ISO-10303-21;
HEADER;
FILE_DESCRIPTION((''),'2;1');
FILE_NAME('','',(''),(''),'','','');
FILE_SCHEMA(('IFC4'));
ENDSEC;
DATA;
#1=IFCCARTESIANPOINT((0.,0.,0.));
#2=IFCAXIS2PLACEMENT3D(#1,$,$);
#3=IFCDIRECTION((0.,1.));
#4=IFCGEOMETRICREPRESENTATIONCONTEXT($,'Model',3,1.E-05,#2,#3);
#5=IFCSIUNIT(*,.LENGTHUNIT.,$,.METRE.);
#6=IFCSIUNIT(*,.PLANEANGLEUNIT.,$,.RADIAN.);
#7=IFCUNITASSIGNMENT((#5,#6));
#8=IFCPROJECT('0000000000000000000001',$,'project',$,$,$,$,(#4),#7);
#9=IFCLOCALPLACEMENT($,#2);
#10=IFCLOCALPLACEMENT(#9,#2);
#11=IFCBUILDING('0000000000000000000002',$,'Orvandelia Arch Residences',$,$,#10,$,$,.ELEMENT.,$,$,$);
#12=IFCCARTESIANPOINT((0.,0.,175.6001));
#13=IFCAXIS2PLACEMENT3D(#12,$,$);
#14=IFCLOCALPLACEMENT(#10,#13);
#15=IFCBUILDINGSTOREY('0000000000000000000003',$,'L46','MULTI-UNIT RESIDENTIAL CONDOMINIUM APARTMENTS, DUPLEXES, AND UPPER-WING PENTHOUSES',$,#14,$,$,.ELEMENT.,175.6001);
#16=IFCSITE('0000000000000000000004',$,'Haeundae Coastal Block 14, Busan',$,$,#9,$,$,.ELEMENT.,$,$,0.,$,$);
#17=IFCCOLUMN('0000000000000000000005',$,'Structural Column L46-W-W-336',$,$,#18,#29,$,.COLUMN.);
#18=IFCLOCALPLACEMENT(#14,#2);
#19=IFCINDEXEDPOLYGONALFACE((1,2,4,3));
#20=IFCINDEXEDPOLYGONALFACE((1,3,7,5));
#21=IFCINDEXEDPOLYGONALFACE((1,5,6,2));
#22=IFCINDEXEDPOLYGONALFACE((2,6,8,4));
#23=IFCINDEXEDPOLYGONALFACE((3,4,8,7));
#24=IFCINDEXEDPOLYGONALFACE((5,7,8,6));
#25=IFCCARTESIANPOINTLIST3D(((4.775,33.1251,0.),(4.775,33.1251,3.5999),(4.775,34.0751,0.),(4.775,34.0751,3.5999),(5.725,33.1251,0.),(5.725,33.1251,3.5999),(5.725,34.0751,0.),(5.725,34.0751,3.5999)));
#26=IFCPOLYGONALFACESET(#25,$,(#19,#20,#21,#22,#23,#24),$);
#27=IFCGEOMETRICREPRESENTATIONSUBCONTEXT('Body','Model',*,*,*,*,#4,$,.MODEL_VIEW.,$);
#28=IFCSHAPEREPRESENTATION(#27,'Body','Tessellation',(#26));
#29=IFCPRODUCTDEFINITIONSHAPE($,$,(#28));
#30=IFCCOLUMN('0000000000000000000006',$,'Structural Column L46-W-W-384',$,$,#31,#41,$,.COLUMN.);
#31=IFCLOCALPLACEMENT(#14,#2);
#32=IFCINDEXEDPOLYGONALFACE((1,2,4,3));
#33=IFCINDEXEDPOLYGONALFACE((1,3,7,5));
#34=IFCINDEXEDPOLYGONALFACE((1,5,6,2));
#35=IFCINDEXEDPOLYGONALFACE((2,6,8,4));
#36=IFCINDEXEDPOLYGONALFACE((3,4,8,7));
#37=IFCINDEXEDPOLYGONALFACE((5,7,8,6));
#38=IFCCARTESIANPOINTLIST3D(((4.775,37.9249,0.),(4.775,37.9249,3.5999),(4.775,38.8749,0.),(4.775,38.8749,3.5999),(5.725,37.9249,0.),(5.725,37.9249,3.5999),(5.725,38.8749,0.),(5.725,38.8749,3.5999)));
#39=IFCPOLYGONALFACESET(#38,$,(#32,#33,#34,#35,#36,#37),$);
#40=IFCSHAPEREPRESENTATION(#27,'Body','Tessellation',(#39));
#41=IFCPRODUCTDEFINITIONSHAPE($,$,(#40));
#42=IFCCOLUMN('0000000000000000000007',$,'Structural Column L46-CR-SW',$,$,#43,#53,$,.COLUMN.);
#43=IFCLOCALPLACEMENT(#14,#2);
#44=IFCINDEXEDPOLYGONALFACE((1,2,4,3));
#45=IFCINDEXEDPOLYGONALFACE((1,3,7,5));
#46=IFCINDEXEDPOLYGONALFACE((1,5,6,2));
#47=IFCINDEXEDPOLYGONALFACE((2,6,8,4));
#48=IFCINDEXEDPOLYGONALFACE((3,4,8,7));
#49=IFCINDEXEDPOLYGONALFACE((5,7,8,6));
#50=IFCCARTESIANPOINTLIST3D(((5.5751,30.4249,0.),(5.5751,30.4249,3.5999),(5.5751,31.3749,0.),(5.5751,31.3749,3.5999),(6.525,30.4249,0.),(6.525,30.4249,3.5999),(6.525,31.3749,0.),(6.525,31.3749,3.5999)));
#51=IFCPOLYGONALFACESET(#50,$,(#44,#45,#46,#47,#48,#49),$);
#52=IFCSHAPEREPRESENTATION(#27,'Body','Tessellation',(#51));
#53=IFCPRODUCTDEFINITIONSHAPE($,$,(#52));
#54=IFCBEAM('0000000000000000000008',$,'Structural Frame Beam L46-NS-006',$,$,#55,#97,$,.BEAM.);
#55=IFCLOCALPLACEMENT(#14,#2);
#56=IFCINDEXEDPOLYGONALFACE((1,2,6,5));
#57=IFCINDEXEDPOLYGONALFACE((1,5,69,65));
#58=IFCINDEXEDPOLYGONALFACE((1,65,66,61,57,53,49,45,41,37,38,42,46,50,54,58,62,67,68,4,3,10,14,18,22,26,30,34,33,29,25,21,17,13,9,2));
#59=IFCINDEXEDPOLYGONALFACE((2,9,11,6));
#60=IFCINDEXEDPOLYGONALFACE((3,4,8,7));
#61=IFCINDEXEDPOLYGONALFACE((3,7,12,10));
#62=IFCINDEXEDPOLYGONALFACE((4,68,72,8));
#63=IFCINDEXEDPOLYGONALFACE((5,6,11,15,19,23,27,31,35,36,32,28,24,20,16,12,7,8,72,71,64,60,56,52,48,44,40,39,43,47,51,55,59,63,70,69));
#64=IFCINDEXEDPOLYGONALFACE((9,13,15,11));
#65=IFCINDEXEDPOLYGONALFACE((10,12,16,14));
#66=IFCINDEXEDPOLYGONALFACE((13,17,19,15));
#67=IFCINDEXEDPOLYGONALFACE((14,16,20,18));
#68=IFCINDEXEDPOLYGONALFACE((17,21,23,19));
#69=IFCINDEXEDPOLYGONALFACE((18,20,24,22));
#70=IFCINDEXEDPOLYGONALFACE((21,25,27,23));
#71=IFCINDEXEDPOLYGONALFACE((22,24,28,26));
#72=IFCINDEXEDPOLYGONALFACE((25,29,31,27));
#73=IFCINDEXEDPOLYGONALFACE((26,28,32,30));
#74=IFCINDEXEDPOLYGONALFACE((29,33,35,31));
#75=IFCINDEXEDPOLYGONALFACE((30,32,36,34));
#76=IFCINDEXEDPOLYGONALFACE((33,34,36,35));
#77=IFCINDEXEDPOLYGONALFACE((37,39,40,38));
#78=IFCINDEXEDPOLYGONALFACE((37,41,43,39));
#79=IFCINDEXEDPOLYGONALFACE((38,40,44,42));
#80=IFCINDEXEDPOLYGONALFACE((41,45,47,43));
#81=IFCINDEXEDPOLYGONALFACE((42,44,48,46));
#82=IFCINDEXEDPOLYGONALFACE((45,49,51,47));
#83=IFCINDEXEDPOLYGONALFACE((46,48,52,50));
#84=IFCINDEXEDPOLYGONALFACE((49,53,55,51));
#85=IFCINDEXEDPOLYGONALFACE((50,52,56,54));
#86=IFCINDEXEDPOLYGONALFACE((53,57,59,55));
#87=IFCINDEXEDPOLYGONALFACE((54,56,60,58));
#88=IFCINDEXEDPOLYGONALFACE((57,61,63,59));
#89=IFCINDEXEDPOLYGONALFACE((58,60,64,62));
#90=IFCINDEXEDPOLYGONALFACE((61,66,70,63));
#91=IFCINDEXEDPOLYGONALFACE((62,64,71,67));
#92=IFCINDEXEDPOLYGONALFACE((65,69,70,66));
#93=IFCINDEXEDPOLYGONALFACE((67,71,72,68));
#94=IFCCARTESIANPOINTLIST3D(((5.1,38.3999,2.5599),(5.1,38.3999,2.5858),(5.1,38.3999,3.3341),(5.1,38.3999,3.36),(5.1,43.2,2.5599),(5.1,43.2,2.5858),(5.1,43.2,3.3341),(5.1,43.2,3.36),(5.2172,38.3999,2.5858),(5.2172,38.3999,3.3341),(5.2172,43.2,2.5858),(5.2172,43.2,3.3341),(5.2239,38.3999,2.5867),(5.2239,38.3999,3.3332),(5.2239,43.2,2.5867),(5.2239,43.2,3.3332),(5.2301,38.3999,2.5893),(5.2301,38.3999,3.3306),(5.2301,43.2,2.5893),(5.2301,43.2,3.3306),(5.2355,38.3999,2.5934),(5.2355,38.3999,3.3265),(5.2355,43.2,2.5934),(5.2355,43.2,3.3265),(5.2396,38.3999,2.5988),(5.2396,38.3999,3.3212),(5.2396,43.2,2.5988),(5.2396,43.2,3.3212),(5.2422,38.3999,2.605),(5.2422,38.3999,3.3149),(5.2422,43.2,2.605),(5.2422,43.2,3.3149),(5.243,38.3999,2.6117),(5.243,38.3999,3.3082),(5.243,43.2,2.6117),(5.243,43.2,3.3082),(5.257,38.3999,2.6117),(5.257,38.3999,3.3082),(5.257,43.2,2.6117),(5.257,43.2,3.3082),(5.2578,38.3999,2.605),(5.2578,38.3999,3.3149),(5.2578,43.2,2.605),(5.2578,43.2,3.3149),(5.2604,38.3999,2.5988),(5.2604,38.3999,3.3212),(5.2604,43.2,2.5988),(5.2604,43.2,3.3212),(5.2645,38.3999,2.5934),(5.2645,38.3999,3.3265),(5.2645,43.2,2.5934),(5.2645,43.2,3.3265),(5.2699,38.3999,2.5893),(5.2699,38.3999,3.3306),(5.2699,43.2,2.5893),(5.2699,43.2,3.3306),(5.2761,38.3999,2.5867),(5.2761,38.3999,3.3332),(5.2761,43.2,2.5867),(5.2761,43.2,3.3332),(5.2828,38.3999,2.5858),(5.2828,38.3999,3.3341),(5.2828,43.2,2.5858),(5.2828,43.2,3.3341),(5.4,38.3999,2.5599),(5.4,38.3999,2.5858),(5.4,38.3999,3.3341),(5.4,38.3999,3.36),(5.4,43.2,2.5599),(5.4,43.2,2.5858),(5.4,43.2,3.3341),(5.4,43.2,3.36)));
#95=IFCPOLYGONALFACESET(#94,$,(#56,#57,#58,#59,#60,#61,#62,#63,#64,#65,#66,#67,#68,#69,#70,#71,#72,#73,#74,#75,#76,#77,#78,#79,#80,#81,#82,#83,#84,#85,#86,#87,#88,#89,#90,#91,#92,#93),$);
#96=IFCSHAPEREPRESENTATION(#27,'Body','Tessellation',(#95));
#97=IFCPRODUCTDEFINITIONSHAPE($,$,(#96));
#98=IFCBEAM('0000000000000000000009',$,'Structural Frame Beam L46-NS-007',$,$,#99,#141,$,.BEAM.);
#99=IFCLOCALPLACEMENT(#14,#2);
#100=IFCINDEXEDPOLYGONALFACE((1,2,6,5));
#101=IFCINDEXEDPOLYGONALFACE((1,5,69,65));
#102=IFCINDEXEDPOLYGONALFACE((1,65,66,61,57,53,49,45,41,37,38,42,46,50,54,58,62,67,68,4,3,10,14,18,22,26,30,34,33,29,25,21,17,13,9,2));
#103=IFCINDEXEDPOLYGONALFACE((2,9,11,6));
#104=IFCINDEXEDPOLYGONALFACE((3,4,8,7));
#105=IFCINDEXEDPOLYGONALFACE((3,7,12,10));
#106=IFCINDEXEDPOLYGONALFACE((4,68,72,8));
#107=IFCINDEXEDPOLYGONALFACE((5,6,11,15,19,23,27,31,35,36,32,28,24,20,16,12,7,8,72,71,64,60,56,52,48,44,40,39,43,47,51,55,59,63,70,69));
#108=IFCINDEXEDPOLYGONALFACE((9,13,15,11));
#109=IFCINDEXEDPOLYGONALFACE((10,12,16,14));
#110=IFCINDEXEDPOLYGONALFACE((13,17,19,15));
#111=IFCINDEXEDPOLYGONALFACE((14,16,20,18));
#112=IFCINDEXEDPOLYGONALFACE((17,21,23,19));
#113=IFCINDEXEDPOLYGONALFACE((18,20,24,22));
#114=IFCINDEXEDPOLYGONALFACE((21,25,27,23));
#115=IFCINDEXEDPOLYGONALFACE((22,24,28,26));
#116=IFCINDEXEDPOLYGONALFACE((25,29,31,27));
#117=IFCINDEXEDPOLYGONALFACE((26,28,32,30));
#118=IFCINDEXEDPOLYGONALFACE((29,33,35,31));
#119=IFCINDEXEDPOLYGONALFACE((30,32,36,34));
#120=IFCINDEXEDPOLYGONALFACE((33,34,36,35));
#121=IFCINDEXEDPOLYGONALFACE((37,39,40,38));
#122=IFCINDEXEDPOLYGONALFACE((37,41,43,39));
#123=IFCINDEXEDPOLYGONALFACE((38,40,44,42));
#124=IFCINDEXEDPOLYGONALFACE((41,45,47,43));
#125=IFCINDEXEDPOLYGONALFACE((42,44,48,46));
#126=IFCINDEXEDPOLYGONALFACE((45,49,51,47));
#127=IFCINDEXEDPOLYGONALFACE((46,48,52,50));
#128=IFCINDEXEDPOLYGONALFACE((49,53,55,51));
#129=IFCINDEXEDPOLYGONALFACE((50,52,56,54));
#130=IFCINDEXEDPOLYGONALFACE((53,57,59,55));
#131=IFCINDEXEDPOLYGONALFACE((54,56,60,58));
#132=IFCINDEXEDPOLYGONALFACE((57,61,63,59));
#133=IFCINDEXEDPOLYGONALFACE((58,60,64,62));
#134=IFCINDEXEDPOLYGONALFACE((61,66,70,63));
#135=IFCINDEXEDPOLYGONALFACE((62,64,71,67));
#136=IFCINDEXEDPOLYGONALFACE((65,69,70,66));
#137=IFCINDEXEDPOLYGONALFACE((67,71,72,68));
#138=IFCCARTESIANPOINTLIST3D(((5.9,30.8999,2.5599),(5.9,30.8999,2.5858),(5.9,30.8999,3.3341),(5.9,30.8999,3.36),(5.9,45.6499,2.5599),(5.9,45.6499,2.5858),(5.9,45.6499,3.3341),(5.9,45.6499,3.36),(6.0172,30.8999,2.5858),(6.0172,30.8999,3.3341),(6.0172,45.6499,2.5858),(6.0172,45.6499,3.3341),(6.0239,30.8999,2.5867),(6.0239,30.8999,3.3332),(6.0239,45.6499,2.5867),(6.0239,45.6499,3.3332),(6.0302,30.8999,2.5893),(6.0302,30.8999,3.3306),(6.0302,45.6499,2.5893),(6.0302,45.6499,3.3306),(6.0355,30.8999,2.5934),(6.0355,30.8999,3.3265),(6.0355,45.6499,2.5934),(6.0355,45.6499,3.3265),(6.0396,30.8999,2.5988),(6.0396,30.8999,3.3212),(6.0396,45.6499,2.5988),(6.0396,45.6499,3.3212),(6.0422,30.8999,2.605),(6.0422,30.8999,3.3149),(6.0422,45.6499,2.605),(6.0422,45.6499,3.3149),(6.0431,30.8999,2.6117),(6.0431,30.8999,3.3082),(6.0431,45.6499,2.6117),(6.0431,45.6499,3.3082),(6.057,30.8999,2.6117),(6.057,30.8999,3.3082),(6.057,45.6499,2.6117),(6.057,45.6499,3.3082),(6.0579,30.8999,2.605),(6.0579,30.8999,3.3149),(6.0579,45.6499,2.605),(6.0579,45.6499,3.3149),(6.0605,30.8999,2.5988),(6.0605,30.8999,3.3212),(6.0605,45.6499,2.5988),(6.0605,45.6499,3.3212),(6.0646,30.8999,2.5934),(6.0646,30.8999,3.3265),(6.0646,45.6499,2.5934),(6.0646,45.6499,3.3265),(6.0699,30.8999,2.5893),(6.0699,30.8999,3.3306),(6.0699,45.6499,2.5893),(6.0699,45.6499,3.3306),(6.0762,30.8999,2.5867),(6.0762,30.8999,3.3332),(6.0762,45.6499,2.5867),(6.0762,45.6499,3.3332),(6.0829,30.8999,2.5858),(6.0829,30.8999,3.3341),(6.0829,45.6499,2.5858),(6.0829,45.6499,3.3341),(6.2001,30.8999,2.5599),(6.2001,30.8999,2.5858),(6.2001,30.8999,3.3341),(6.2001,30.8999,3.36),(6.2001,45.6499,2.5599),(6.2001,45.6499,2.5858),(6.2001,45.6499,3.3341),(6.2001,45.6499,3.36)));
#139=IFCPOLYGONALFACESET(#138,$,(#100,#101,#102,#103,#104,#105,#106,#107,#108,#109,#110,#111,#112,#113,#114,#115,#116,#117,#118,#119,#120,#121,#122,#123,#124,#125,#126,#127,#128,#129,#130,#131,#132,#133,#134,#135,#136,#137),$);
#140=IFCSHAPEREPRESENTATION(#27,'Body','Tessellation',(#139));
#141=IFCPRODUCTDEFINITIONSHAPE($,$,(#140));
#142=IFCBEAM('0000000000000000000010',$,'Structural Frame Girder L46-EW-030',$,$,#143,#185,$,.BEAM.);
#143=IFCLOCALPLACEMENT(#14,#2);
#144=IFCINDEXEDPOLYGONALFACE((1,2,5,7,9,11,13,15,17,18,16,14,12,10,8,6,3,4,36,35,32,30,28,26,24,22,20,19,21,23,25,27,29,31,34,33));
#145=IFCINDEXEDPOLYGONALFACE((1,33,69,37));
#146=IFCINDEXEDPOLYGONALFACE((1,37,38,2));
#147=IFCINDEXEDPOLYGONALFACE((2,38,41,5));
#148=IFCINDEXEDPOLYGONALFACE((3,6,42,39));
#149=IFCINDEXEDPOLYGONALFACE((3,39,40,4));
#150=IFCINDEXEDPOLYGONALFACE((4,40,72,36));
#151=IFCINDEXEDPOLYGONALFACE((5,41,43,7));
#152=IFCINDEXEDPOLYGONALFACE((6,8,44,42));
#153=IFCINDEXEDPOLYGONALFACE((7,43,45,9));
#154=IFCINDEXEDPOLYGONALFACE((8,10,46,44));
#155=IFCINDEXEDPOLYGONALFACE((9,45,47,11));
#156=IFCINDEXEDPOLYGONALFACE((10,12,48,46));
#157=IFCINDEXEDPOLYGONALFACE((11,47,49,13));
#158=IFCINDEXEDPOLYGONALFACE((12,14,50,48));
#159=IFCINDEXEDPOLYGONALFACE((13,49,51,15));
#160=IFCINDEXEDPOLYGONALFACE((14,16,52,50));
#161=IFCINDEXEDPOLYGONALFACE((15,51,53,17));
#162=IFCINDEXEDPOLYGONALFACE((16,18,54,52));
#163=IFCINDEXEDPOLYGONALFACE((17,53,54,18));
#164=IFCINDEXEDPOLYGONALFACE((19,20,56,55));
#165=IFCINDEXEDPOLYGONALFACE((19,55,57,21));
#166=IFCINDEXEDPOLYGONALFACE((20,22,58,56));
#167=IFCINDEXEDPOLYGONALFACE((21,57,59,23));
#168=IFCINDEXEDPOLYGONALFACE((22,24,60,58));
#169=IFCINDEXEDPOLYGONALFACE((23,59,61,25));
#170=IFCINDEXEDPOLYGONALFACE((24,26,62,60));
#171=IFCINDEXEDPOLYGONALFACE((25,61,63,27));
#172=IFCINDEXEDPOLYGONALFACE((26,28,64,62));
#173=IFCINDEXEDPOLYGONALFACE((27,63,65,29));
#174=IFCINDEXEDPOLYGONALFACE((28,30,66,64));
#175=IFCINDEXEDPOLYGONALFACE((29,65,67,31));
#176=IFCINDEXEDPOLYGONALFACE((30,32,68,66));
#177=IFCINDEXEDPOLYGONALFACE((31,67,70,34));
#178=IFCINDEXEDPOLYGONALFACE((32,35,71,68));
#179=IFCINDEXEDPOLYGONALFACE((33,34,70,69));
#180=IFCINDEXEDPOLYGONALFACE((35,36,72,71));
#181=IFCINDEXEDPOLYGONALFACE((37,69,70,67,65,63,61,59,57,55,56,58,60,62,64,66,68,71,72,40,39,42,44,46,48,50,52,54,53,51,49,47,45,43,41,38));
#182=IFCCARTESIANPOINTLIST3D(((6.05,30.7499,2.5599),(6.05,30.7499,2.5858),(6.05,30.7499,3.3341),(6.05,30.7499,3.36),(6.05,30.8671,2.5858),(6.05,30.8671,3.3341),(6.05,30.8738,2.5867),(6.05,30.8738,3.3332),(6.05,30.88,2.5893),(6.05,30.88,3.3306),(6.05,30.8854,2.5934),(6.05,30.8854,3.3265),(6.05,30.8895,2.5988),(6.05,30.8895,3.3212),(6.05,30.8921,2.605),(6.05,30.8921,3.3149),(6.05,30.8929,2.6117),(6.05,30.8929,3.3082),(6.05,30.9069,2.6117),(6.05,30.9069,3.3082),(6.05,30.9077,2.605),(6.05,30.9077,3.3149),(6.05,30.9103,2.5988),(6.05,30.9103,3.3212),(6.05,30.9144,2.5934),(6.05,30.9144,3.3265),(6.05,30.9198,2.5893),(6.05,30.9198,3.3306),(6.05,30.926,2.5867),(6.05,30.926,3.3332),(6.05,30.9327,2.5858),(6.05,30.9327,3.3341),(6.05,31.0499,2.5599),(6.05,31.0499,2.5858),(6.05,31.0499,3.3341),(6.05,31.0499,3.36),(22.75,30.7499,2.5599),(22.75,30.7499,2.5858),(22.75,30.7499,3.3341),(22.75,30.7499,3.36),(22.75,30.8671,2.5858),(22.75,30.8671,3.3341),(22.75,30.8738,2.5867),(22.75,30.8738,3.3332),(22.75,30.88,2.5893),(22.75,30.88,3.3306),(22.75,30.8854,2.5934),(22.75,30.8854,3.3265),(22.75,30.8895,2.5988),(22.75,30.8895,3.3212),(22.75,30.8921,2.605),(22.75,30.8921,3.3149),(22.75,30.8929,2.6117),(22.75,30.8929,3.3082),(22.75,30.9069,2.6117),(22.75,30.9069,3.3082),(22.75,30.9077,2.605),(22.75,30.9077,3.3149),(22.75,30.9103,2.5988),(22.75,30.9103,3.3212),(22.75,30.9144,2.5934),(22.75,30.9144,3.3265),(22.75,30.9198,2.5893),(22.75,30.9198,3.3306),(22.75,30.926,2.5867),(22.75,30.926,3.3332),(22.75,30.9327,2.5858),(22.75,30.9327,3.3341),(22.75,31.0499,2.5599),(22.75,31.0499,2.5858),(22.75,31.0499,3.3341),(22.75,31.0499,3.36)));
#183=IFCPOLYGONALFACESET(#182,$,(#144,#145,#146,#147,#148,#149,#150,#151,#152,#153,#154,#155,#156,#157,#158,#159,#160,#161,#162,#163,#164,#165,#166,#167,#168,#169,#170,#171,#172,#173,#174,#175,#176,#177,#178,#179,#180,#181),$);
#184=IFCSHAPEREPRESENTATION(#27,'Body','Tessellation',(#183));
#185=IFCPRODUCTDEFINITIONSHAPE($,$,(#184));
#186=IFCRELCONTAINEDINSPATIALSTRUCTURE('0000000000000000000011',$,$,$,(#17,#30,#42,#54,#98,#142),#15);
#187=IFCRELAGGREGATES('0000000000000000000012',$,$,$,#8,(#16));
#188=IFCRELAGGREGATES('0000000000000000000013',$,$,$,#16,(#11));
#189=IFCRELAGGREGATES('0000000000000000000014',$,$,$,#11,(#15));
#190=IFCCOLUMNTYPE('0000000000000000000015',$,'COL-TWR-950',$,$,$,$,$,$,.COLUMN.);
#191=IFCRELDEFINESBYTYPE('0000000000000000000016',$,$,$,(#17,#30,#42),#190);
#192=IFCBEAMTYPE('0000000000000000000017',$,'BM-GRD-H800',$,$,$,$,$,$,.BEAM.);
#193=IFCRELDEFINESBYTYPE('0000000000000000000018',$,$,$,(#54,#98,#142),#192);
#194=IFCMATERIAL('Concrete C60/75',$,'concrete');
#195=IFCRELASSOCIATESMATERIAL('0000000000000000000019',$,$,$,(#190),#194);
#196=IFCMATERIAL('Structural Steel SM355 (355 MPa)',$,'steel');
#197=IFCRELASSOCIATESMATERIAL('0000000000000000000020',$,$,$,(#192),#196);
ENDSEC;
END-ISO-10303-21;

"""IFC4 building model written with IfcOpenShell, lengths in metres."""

from ifc_helpers import new_model, si_unit, direction, frame, origin, origin_2d, place, context, subcontext, project, spatial, rectangle, i_section, extrude, material, material_profile, profile_set, type_object, element, save


model = new_model("IFC4")

# Units and contexts
model_context = context("Model", 3, precision=1e-05, world=origin(), true_north=direction((0.0, 1.0)))
body_context = subcontext(model_context, "Body", "Model", "MODEL_VIEW")
ifc_project = project(units=[si_unit("LENGTHUNIT", "METRE"), si_unit("PLANEANGLEUNIT", "RADIAN")], contexts=[model_context])

# Site, building, storey
site_placement = place(None, origin())
site = spatial("IfcSite", under=ifc_project, at=site_placement, Name="Haeundae Coastal Block 14, Busan", CompositionType="ELEMENT", RefElevation=0.0)
building_placement = place(site_placement, origin())
building = spatial("IfcBuilding", under=site, at=building_placement, Name="Orvandelia Arch Residences", CompositionType="ELEMENT")
storey_placement = place(building_placement, frame((0.0, 0.0, 175.6001)))
storey = spatial("IfcBuildingStorey", under=building, at=storey_placement, Name="L46", Description="MULTI-UNIT RESIDENTIAL CONDOMINIUM APARTMENTS, DUPLEXES, AND UPPER-WING PENTHOUSES", CompositionType="ELEMENT", Elevation=175.6001)

# Columns
ifc_material_1 = material(Name="Concrete C60/75", Category="concrete")
ifc_material_profile_1 = material_profile(ifc_material_1, rectangle(XDim=0.95, YDim=0.95, at=origin_2d()), Name="Concrete C60/75", Category="concrete")
ifc_profile_set_1 = profile_set([ifc_material_profile_1], Name="Concrete C60/75")
column_type = type_object("IfcColumnType", Name="COL-TWR-950", PredefinedType="COLUMN", material=ifc_profile_set_1)
for number, where, z_axis, x_axis, name in (
    (1, (5.25, 33.6001, 0.0), (0.0, 0.0, 1.0), (1.0, 0.0, 0.0), "Structural Column L46-W-W-336"),
    (2, (5.25, 38.3999, 0.0), (0.0, 0.0, 1.0), (1.0, 0.0, 0.0), "Structural Column L46-W-W-384"),
    (3, (6.05, 30.8999, 0.0), (0.0, 0.0, 1.0), (1.0, 0.0, 0.0), "Structural Column L46-CR-SW"),
):
    element("IfcColumn", number, at=place(storey_placement, frame(where, z_axis=z_axis, x_axis=x_axis)), inside=storey, type_object=column_type, Name=name, PredefinedType="COLUMN", context=body_context, shape_type="SweptSolid", body=[
        extrude(rectangle(XDim=0.95, YDim=0.95, at=origin_2d()), origin(), (0.0, 0.0, 1.0), 3.5999),
    ])

# Beams
ifc_material_2 = material(Name="Structural Steel SM355 (355 MPa)", Category="steel")
ifc_material_profile_2 = material_profile(ifc_material_2, i_section(OverallWidth=0.3, OverallDepth=0.8, WebThickness=0.0139, FlangeThickness=0.0259, FilletRadius=0.0259, at=origin_2d()), Name="Structural Steel SM355 (355 MPa)", Category="steel")
ifc_profile_set_2 = profile_set([ifc_material_profile_2], Name="Structural Steel SM355 (355 MPa)")
beam_type_1 = type_object("IfcBeamType", Name="BM-GRD-H800", PredefinedType="BEAM", material=ifc_profile_set_2)
beam_1_placement = place(storey_placement, frame((5.25, 38.3999, 2.96), z_axis=(0.0, 1.0, 0.0), x_axis=(-1.0, 0.0, 0.0)))
element("IfcBeam", 4, at=beam_1_placement, inside=storey, type_object=beam_type_1, Name="Structural Frame Beam L46-NS-006", PredefinedType="BEAM", context=body_context, shape_type="SweptSolid", body=[
    extrude(i_section(OverallWidth=0.3, OverallDepth=0.8, WebThickness=0.0139, FlangeThickness=0.0259, FilletRadius=0.0259, at=origin_2d()), origin(), (0.0, 0.0, 1.0), 4.8),
])
beam_2_placement = place(storey_placement, frame((6.05, 30.8999, 2.96), z_axis=(0.0, 1.0, 0.0), x_axis=(-1.0, 0.0, 0.0)))
element("IfcBeam", 5, at=beam_2_placement, inside=storey, type_object=beam_type_1, Name="Structural Frame Beam L46-NS-007", PredefinedType="BEAM", context=body_context, shape_type="SweptSolid", body=[
    extrude(i_section(OverallWidth=0.3, OverallDepth=0.8, WebThickness=0.0139, FlangeThickness=0.0259, FilletRadius=0.0259, at=origin_2d()), origin(), (0.0, 0.0, 1.0), 14.75),
])
beam_3_placement = place(storey_placement, frame((6.05, 30.8999, 2.96), z_axis=(1.0, 0.0, 0.0), x_axis=(0.0, 1.0, 0.0)))
element("IfcBeam", 6, at=beam_3_placement, inside=storey, type_object=beam_type_1, Name="Structural Frame Girder L46-EW-030", PredefinedType="BEAM", context=body_context, shape_type="SweptSolid", body=[
    extrude(i_section(OverallWidth=0.3, OverallDepth=0.8, WebThickness=0.0139, FlangeThickness=0.0259, FilletRadius=0.0259, at=origin_2d()), origin(), (0.0, 0.0, 1.0), 16.7),
])

save(model, "model.ifc")
